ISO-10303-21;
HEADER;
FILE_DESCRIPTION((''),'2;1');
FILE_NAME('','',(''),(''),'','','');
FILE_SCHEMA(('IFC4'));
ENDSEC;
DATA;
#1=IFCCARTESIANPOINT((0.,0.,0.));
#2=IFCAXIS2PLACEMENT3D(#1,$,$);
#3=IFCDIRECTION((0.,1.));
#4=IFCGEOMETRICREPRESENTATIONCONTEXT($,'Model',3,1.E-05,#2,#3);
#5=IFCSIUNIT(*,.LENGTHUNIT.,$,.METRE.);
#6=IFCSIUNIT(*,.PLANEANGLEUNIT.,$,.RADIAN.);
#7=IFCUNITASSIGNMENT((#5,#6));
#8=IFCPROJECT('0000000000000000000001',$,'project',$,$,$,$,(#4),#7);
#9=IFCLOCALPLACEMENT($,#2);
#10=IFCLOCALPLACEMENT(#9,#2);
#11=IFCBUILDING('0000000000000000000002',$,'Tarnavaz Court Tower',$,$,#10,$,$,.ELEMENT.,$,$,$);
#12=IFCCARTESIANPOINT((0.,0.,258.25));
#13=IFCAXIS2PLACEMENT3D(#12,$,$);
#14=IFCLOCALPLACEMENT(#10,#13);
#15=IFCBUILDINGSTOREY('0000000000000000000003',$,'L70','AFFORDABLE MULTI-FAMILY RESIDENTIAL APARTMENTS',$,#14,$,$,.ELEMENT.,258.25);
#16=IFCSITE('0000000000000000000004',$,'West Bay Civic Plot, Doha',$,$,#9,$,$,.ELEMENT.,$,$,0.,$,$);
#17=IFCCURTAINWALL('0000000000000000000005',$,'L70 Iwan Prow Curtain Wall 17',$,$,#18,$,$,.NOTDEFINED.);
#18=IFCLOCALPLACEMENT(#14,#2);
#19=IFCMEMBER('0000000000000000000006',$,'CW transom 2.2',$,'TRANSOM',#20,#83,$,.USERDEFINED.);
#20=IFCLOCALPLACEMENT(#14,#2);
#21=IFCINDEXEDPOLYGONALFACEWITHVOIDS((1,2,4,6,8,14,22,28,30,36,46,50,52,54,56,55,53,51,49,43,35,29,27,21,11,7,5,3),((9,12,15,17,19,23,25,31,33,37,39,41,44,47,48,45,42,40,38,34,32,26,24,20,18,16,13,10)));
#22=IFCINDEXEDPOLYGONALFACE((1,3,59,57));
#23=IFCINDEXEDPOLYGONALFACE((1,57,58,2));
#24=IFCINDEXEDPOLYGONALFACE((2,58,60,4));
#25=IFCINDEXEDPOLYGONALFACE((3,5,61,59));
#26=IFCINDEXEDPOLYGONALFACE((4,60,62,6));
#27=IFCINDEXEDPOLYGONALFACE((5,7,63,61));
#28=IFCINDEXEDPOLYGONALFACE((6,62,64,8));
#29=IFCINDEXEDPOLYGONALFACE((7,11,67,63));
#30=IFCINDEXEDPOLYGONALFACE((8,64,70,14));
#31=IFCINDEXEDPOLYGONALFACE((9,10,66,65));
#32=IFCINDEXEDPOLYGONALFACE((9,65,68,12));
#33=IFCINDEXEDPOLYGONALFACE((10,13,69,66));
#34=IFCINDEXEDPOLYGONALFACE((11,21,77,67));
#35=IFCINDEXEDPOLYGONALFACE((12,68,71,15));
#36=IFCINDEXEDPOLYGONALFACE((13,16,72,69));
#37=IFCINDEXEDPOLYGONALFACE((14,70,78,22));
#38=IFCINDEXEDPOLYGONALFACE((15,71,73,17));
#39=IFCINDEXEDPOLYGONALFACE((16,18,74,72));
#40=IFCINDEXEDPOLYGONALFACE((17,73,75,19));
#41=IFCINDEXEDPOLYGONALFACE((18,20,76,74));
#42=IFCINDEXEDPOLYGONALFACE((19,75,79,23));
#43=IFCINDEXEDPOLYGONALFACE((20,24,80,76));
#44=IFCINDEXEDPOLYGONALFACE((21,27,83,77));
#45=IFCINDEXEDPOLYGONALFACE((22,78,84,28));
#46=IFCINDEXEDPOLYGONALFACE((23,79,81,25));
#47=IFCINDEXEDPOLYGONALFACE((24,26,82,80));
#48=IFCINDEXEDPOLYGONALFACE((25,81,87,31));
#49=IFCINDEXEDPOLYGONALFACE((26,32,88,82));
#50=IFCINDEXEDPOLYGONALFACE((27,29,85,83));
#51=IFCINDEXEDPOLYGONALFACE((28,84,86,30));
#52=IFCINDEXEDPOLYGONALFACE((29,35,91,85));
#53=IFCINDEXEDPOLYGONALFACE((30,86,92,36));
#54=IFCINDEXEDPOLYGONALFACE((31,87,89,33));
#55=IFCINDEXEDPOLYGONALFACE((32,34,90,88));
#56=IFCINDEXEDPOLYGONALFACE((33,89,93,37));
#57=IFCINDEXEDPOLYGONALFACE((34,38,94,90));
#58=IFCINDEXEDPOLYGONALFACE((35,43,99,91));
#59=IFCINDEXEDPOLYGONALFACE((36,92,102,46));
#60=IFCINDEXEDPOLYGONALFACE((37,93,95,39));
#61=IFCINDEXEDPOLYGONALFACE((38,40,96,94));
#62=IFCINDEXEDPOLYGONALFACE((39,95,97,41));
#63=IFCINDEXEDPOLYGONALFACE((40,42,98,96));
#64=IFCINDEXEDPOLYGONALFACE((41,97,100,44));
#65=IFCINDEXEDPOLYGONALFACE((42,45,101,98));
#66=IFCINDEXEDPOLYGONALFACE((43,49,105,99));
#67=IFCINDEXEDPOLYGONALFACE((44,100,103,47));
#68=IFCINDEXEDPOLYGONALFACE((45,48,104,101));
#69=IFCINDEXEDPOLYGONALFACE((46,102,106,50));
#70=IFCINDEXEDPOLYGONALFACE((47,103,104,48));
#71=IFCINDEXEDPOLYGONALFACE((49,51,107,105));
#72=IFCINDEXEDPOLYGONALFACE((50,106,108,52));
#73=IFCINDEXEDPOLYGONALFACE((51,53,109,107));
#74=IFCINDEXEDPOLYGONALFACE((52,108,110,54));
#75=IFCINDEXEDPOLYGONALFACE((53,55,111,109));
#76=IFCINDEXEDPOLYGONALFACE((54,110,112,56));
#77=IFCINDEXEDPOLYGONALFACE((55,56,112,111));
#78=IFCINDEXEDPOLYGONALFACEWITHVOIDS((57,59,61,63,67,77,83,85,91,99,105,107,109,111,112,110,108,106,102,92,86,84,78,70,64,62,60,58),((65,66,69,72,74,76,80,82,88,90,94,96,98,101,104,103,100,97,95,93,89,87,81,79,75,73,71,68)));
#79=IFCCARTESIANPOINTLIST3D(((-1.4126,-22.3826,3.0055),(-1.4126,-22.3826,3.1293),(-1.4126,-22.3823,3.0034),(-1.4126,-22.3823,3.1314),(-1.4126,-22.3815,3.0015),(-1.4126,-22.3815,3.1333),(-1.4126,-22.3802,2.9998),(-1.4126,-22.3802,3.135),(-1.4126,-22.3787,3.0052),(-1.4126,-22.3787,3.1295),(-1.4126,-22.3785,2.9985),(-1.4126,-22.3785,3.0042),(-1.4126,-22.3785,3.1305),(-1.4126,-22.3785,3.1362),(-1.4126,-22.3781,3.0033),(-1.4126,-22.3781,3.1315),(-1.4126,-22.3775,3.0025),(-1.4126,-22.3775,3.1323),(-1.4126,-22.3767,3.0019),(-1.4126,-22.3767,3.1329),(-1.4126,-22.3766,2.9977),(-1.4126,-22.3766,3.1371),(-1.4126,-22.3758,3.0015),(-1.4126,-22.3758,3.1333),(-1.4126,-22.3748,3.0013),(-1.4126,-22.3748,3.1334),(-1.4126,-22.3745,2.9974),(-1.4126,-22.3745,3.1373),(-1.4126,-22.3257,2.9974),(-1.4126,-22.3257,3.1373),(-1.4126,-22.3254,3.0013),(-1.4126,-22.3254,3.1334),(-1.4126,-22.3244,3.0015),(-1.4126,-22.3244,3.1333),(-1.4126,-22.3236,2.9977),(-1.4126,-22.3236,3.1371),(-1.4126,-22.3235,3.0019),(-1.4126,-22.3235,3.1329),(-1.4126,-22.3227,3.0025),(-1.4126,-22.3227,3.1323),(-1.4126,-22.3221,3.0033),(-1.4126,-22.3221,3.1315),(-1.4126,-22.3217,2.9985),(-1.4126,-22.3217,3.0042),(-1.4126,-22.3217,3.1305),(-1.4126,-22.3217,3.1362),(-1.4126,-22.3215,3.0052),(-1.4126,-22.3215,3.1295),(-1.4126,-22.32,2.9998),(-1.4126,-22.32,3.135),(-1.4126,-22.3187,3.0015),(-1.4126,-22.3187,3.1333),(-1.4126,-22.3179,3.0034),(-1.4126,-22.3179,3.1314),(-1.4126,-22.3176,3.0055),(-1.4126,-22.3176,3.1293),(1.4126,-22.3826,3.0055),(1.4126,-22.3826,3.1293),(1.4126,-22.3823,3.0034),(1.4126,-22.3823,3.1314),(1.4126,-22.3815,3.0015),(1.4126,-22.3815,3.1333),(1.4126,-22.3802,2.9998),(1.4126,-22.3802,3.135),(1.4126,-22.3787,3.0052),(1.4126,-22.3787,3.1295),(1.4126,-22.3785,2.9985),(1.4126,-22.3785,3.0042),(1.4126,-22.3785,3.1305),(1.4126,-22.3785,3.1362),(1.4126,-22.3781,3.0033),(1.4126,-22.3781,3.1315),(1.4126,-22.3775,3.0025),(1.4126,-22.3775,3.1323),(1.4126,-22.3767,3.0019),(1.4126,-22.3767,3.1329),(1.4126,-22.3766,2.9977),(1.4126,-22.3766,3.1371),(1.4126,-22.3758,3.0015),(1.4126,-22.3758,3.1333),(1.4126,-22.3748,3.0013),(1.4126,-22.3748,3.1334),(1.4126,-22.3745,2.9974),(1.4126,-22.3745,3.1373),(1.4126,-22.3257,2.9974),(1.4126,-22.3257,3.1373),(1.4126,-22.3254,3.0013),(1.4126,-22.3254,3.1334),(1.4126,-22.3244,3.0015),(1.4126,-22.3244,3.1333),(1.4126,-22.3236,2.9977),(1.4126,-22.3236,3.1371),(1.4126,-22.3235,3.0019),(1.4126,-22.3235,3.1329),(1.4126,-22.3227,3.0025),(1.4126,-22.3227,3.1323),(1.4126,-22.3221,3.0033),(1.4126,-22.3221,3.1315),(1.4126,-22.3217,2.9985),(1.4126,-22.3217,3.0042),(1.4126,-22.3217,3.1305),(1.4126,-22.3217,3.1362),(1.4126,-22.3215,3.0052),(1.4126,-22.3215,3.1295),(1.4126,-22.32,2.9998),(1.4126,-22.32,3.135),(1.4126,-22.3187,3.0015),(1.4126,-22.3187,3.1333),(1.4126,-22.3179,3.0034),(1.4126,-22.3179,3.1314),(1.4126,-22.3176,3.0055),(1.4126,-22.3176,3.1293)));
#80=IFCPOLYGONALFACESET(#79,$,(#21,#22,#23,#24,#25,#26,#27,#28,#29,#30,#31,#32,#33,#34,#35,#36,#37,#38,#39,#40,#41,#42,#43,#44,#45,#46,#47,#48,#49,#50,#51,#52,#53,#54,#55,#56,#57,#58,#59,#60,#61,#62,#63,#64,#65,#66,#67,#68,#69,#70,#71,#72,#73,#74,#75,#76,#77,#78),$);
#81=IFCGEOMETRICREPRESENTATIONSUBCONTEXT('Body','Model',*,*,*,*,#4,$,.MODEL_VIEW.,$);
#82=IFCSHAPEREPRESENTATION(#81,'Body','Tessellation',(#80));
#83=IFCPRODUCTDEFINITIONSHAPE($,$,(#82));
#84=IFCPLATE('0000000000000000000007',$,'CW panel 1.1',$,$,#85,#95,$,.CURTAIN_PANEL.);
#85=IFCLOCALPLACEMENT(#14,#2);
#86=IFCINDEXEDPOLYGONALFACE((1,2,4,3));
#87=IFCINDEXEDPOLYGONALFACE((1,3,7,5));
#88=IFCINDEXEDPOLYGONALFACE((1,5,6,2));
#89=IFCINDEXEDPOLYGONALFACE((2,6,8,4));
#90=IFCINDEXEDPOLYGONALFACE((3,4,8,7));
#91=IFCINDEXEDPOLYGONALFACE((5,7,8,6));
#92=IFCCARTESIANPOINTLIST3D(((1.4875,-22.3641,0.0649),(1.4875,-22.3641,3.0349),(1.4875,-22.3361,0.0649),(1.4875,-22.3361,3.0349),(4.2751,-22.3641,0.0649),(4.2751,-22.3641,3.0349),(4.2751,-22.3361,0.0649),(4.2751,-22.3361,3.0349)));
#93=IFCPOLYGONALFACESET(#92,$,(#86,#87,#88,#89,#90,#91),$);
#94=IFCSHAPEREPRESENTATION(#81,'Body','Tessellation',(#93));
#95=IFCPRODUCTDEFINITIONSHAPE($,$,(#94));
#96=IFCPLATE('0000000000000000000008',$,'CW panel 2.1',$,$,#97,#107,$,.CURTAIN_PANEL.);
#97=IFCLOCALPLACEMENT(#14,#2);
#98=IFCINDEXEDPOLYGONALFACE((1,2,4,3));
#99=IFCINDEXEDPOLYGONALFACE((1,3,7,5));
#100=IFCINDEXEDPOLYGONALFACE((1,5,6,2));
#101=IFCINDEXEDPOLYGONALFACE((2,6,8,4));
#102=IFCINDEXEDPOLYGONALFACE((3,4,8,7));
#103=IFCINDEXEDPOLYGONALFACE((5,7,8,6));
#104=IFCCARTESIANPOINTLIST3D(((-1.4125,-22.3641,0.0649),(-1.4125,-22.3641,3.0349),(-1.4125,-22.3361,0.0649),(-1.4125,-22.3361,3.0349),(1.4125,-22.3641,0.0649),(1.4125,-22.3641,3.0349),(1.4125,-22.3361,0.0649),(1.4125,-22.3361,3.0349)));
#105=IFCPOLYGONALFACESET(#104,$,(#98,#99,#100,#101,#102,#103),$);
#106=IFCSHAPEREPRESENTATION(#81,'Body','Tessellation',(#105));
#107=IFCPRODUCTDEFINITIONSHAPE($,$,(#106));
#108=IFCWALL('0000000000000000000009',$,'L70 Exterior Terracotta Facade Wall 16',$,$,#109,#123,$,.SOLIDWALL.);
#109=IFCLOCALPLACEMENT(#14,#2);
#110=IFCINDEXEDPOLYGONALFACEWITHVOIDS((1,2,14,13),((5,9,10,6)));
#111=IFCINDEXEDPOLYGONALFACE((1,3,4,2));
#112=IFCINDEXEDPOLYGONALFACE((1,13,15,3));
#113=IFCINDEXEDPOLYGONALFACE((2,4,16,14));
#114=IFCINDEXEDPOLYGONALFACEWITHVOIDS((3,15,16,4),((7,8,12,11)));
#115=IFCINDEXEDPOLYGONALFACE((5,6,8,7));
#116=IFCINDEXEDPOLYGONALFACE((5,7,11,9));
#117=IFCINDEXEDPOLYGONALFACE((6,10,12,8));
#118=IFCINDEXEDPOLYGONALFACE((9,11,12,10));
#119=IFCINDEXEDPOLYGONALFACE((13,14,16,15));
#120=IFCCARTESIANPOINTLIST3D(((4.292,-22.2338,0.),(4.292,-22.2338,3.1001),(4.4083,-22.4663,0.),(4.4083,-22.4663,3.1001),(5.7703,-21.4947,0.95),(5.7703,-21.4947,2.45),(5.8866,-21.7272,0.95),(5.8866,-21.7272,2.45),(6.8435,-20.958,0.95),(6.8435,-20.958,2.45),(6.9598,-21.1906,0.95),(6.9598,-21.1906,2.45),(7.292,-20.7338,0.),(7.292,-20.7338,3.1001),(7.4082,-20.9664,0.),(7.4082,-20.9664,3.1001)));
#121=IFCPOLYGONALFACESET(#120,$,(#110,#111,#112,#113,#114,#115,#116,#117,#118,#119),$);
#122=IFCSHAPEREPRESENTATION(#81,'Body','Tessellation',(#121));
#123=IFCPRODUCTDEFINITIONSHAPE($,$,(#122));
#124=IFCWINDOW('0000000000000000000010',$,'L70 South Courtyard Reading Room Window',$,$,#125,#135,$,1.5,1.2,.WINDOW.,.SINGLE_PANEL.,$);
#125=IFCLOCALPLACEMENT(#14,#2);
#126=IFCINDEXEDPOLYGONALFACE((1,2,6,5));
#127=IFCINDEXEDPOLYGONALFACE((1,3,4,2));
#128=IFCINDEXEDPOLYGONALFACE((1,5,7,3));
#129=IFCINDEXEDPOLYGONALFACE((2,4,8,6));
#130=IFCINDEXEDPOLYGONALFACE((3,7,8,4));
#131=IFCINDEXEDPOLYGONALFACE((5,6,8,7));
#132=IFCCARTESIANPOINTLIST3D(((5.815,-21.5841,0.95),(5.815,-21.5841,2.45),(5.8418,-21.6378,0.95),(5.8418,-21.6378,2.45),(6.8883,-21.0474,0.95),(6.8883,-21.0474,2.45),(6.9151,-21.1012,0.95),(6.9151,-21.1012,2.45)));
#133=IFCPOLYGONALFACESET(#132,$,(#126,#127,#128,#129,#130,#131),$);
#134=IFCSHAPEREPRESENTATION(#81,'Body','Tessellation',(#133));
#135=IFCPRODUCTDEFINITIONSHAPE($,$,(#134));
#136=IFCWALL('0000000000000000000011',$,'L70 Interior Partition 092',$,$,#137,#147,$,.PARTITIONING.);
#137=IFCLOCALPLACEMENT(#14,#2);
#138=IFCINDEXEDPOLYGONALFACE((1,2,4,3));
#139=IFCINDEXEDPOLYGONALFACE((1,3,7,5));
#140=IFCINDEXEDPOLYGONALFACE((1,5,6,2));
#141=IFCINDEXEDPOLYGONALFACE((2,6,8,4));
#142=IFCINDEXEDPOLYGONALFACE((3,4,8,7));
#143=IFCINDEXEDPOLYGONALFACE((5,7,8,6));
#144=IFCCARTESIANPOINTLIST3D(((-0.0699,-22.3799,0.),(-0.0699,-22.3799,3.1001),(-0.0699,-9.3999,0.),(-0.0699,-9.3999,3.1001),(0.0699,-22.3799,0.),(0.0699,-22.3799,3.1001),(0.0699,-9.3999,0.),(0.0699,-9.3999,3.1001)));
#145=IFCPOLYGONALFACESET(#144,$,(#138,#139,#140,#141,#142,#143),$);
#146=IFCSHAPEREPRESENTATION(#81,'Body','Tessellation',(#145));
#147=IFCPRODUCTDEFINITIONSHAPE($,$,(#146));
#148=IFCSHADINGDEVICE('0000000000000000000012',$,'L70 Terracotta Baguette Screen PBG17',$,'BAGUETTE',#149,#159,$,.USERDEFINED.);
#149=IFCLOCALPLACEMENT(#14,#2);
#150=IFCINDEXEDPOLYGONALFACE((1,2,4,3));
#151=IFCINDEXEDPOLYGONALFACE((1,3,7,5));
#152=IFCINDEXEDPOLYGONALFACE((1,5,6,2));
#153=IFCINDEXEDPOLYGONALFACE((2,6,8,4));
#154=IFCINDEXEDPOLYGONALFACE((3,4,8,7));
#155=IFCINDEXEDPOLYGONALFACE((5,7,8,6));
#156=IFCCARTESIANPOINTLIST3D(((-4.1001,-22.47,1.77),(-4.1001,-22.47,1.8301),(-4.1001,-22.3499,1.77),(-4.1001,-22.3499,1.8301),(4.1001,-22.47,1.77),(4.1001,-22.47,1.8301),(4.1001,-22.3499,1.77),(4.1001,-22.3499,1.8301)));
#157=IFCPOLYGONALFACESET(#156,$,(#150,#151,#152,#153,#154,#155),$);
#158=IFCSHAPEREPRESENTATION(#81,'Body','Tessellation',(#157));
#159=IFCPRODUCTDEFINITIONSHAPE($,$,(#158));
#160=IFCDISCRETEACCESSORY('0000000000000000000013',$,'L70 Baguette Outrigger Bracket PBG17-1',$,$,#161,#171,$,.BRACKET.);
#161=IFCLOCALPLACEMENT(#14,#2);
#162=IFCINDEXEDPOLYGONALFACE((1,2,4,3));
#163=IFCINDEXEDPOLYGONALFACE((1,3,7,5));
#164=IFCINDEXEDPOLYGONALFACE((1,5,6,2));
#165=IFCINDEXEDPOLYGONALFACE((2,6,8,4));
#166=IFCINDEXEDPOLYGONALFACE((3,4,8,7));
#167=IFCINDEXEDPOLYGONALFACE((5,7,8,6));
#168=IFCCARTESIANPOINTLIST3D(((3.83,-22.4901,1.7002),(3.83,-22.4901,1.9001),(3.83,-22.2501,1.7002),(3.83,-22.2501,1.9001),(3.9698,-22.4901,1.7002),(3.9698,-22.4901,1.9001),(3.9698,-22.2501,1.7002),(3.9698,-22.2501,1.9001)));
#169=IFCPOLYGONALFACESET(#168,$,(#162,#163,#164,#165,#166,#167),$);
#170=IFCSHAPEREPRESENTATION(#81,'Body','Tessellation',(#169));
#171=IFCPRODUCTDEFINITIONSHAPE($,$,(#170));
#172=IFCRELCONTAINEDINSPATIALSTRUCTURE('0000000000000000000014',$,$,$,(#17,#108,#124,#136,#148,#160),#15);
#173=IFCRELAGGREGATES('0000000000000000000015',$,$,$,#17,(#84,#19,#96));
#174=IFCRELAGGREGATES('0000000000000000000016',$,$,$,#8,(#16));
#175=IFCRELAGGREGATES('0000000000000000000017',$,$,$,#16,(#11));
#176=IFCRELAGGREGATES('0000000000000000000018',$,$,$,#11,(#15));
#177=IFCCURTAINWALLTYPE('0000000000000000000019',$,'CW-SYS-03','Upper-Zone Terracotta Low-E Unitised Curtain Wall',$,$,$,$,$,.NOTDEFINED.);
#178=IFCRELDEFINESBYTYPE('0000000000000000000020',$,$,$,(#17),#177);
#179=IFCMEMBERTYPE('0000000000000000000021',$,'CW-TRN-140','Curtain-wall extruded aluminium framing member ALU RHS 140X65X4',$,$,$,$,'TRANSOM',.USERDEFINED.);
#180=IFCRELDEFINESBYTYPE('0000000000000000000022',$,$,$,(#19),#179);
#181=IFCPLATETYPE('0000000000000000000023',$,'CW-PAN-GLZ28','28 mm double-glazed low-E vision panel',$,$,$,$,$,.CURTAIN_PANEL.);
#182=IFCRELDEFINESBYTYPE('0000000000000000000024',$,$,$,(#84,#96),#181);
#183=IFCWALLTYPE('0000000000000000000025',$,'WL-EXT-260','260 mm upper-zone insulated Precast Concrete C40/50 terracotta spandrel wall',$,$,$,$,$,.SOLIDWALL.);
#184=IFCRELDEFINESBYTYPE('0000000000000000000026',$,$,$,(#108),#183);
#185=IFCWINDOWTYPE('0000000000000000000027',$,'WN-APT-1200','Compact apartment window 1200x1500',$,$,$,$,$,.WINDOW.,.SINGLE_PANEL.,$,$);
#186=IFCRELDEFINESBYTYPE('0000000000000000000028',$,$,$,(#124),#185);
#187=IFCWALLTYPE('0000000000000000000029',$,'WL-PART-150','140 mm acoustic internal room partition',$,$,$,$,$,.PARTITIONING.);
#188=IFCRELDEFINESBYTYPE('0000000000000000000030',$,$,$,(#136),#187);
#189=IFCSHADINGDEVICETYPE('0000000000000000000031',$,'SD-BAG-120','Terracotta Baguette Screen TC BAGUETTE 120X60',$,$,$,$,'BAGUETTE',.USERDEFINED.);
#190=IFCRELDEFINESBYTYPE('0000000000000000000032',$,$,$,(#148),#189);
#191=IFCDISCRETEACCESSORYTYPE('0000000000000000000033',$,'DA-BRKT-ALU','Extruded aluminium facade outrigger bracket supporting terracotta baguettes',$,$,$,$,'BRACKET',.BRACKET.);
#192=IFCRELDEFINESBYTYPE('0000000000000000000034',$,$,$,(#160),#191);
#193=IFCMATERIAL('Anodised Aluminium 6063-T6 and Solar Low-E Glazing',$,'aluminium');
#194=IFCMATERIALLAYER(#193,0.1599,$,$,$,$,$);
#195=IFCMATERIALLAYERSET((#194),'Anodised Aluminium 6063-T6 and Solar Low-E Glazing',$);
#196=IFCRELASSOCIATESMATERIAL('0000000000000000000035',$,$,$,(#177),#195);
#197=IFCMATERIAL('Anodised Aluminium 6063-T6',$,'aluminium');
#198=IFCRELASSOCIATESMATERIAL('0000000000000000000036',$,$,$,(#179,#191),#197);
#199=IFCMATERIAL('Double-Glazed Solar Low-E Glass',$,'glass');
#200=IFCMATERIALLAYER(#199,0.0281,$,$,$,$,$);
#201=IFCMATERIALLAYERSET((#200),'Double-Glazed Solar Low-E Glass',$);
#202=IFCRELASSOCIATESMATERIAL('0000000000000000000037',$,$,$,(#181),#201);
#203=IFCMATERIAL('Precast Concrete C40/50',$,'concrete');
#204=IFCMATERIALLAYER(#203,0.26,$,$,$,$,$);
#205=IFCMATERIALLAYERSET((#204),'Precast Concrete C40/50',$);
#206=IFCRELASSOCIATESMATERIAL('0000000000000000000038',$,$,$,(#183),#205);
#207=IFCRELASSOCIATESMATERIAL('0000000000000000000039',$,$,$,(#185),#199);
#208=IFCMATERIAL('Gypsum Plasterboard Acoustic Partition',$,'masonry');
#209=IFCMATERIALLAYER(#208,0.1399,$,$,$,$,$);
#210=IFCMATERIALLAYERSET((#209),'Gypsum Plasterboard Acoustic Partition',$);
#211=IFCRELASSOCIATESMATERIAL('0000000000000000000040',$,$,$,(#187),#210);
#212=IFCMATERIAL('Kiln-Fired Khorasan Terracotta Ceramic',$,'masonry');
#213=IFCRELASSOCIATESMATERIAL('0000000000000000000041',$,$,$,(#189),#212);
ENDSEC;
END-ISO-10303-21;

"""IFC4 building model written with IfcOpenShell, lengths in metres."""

from ifc_helpers import new_model, si_unit, direction, frame, frame_2d, origin, origin_2d, place, context, subcontext, project, spatial, rectangle, hollow_rectangle, extrude, material, layer, layer_set, material_profile, profile_set, type_object, element, fill, aggregate, save


model = new_model("IFC4")

# Units and contexts
model_context = context("Model", 3, precision=1e-05, world=origin(), true_north=direction((0.0, 1.0)))
body_context = subcontext(model_context, "Body", "Model", "MODEL_VIEW")
ifc_project = project(units=[si_unit("LENGTHUNIT", "METRE"), si_unit("PLANEANGLEUNIT", "RADIAN")], contexts=[model_context])

# Site, building, storey
site_placement = place(None, origin())
site = spatial("IfcSite", under=ifc_project, at=site_placement, Name="West Bay Civic Plot, Doha", CompositionType="ELEMENT", RefElevation=0.0)
building_placement = place(site_placement, origin())
building = spatial("IfcBuilding", under=site, at=building_placement, Name="Tarnavaz Court Tower", CompositionType="ELEMENT")
storey_placement = place(building_placement, frame((0.0, 0.0, 258.25)))
storey = spatial("IfcBuildingStorey", under=building, at=storey_placement, Name="L70", Description="AFFORDABLE MULTI-FAMILY RESIDENTIAL APARTMENTS", CompositionType="ELEMENT", Elevation=258.25)

# Curtain wall, member, plates
ifc_material_1 = material(Name="Anodised Aluminium 6063-T6 and Solar Low-E Glazing", Category="aluminium")
ifc_layer_1 = layer(ifc_material_1, 0.1599)
ifc_layer_set_1 = layer_set([ifc_layer_1], Name="Anodised Aluminium 6063-T6 and Solar Low-E Glazing")
curtain_wall_type = type_object("IfcCurtainWallType", Name="CW-SYS-03", Description="Upper-Zone Terracotta Low-E Unitised Curtain Wall", PredefinedType="NOTDEFINED", material=ifc_layer_set_1)
curtain_wall_placement = place(storey_placement, origin())
curtain_wall = element("IfcCurtainWall", 1, at=curtain_wall_placement, inside=storey, type_object=curtain_wall_type, Name="L70 Iwan Prow Curtain Wall 17", PredefinedType="NOTDEFINED")
ifc_material_2 = material(Name="Anodised Aluminium 6063-T6", Category="aluminium")
ifc_material_profile_1 = material_profile(ifc_material_2, hollow_rectangle(XDim=0.0649, YDim=0.1399, WallThickness=0.0039, InnerFilletRadius=0.0039, OuterFilletRadius=0.0081, at=origin_2d()), Name="ALU RHS 140X65X4")
ifc_profile_set_1 = profile_set([ifc_material_profile_1], Name="Anodised Aluminium 6063-T6")
member_type_1 = type_object("IfcMemberType", Name="CW-TRN-140", Description="Curtain-wall extruded aluminium framing member ALU RHS 140X65X4", ElementType="TRANSOM", PredefinedType="USERDEFINED", material=ifc_profile_set_1)
member_1_placement = place(storey_placement, frame((1.4126, -22.3501, 3.0674), z_axis=(-1.0, 0.0, 0.0), x_axis=(0.0, -1.0, 0.0)))
member_1 = element("IfcMember", 2, at=member_1_placement, type_object=member_type_1, Name="CW transom 2.2", ObjectType="TRANSOM", PredefinedType="USERDEFINED", context=body_context, shape_type="SweptSolid", body=[
    extrude(hollow_rectangle(XDim=0.0649, YDim=0.1399, WallThickness=0.0039, InnerFilletRadius=0.0039, OuterFilletRadius=0.0081, at=origin_2d()), origin(), (0.0, 0.0, 1.0), 2.8252),
])
ifc_material_3 = material(Name="Double-Glazed Solar Low-E Glass", Category="glass")
ifc_layer_2 = layer(ifc_material_3, 0.0281)
ifc_layer_set_2 = layer_set([ifc_layer_2], Name="Double-Glazed Solar Low-E Glass")
plate_type = type_object("IfcPlateType", Name="CW-PAN-GLZ28", Description="28 mm double-glazed low-E vision panel", PredefinedType="CURTAIN_PANEL", material=ifc_layer_set_2)
plate_1_placement = place(storey_placement, frame((2.8813, -22.3501, 0.0649), z_axis=(0.0, 0.0, 1.0), x_axis=(-1.0, 0.0, 0.0)))
plate_1 = element("IfcPlate", 3, at=plate_1_placement, type_object=plate_type, Name="CW panel 1.1", PredefinedType="CURTAIN_PANEL", context=body_context, shape_type="SweptSolid", body=[
    extrude(rectangle(XDim=2.7876, YDim=0.0281, at=origin_2d()), origin(), (0.0, 0.0, 1.0), 2.97),
])
plate_2_placement = place(storey_placement, frame((0.0, -22.3501, 0.0649), z_axis=(0.0, 0.0, 1.0), x_axis=(-1.0, 0.0, 0.0)))
plate_2 = element("IfcPlate", 4, at=plate_2_placement, type_object=plate_type, Name="CW panel 2.1", PredefinedType="CURTAIN_PANEL", context=body_context, shape_type="SweptSolid", body=[
    extrude(rectangle(XDim=2.825, YDim=0.0281, at=origin_2d()), origin(), (0.0, 0.0, 1.0), 2.97),
])
aggregate(curtain_wall, [plate_1, member_1, plate_2])

# Wall, opening, window
ifc_material_4 = material(Name="Precast Concrete C40/50", Category="concrete")
ifc_layer_3 = layer(ifc_material_4, 0.26)
ifc_layer_set_3 = layer_set([ifc_layer_3], Name="Precast Concrete C40/50")
wall_type_1 = type_object("IfcWallType", Name="WL-EXT-260", Description="260 mm upper-zone insulated Precast Concrete C40/50 terracotta spandrel wall", PredefinedType="SOLIDWALL", material=ifc_layer_set_3)
wall_1_placement = place(storey_placement, frame((7.3501, -20.8501, 0.0), z_axis=(0.0, 0.0, 1.0), x_axis=(-0.894427, -0.447214, 0.0)))
wall_1 = element("IfcWall", 5, at=wall_1_placement, inside=storey, type_object=wall_type_1, Name="L70 Exterior Terracotta Facade Wall 16", PredefinedType="SOLIDWALL", context=body_context, shape_type="SweptSolid", body=[
    extrude(rectangle(XDim=3.354, YDim=0.26, at=frame_2d((1.677, 0.0))), origin(), (0.0, 0.0, 1.0), 3.1001),
])
opening_placement = place(wall_1_placement, frame((0.5012, 0.0, 0.95)))
opening = element("IfcOpeningElement", 6, at=opening_placement, cuts=wall_1, PredefinedType="OPENING", context=body_context, shape_type="SweptSolid", body=[
    extrude(rectangle(XDim=1.2, YDim=1.5, at=frame_2d((0.6001, 0.75))), frame((0.0, 0.1399, 0.0), z_axis=(0.0, -1.0, 0.0), x_axis=(1.0, 0.0, 0.0)), (0.0, 0.0, 1.0), 0.28),
])
window_type = type_object("IfcWindowType", Name="WN-APT-1200", Description="Compact apartment window 1200x1500", PartitioningType="SINGLE_PANEL", PredefinedType="WINDOW", material=ifc_material_3)
window_placement = place(opening_placement, origin())
window = element("IfcWindow", 7, at=window_placement, inside=storey, type_object=window_type, Name="L70 South Courtyard Reading Room Window", OverallHeight=1.5, OverallWidth=1.2, PartitioningType="SINGLE_PANEL", PredefinedType="WINDOW", context=body_context, shape_type="SweptSolid", body=[
    extrude(rectangle(XDim=1.2, YDim=1.5, at=frame_2d((0.6001, 0.75))), frame((0.0, 0.03, 0.0), z_axis=(0.0, -1.0, 0.0), x_axis=(1.0, 0.0, 0.0)), (0.0, 0.0, 1.0), 0.0601),
])
fill(opening, window)

# Wall
ifc_material_5 = material(Name="Gypsum Plasterboard Acoustic Partition", Category="masonry")
ifc_layer_4 = layer(ifc_material_5, 0.1399)
ifc_layer_set_4 = layer_set([ifc_layer_4], Name="Gypsum Plasterboard Acoustic Partition")
wall_type_2 = type_object("IfcWallType", Name="WL-PART-150", Description="140 mm acoustic internal room partition", PredefinedType="PARTITIONING", material=ifc_layer_set_4)
wall_2_placement = place(storey_placement, frame((0.0, -22.3799, 0.0), z_axis=(0.0, 0.0, 1.0), x_axis=(0.0, 1.0, 0.0)))
element("IfcWall", 8, at=wall_2_placement, inside=storey, type_object=wall_type_2, Name="L70 Interior Partition 092", PredefinedType="PARTITIONING", context=body_context, shape_type="SweptSolid", body=[
    extrude(rectangle(XDim=12.98, YDim=0.1399, at=frame_2d((6.49, 0.0))), origin(), (0.0, 0.0, 1.0), 3.1001),
])

# Shading device
ifc_material_6 = material(Name="Kiln-Fired Khorasan Terracotta Ceramic", Category="masonry")
ifc_material_profile_2 = material_profile(ifc_material_6, rectangle(XDim=0.1201, YDim=0.0601, at=origin_2d()), Name="TC BAGUETTE 120X60")
ifc_profile_set_2 = profile_set([ifc_material_profile_2], Name="Kiln-Fired Khorasan Terracotta Ceramic")
shading_device_type = type_object("IfcShadingDeviceType", Name="SD-BAG-120", Description="Terracotta Baguette Screen TC BAGUETTE 120X60", ElementType="BAGUETTE", PredefinedType="USERDEFINED", material=ifc_profile_set_2)
shading_device_placement = place(storey_placement, frame((4.1001, -22.4099, 1.8), z_axis=(-1.0, 0.0, 0.0), x_axis=(0.0, -1.0, 0.0)))
element("IfcShadingDevice", 9, at=shading_device_placement, inside=storey, type_object=shading_device_type, Name="L70 Terracotta Baguette Screen PBG17", ObjectType="BAGUETTE", PredefinedType="USERDEFINED", context=body_context, shape_type="SweptSolid", body=[
    extrude(rectangle(XDim=0.1201, YDim=0.0601, at=origin_2d()), origin(), (0.0, 0.0, 1.0), 8.2002),
])

# Discrete accessory
discrete_accessory_type = type_object("IfcDiscreteAccessoryType", Name="DA-BRKT-ALU", Description="Extruded aluminium facade outrigger bracket supporting terracotta baguettes", ElementType="BRACKET", PredefinedType="BRACKET", material=ifc_material_2)
discrete_accessory_placement = place(storey_placement, frame((3.8999, -22.3701, 1.7002), z_axis=(0.0, 0.0, 1.0), x_axis=(-1.0, 0.0, 0.0)))
element("IfcDiscreteAccessory", 10, at=discrete_accessory_placement, inside=storey, type_object=discrete_accessory_type, Name="L70 Baguette Outrigger Bracket PBG17-1", PredefinedType="BRACKET", context=body_context, shape_type="SweptSolid", body=[
    extrude(rectangle(XDim=0.1399, YDim=0.24, at=origin_2d()), origin(), (0.0, 0.0, 1.0), 0.2),
])

save(model, "model.ifc")
